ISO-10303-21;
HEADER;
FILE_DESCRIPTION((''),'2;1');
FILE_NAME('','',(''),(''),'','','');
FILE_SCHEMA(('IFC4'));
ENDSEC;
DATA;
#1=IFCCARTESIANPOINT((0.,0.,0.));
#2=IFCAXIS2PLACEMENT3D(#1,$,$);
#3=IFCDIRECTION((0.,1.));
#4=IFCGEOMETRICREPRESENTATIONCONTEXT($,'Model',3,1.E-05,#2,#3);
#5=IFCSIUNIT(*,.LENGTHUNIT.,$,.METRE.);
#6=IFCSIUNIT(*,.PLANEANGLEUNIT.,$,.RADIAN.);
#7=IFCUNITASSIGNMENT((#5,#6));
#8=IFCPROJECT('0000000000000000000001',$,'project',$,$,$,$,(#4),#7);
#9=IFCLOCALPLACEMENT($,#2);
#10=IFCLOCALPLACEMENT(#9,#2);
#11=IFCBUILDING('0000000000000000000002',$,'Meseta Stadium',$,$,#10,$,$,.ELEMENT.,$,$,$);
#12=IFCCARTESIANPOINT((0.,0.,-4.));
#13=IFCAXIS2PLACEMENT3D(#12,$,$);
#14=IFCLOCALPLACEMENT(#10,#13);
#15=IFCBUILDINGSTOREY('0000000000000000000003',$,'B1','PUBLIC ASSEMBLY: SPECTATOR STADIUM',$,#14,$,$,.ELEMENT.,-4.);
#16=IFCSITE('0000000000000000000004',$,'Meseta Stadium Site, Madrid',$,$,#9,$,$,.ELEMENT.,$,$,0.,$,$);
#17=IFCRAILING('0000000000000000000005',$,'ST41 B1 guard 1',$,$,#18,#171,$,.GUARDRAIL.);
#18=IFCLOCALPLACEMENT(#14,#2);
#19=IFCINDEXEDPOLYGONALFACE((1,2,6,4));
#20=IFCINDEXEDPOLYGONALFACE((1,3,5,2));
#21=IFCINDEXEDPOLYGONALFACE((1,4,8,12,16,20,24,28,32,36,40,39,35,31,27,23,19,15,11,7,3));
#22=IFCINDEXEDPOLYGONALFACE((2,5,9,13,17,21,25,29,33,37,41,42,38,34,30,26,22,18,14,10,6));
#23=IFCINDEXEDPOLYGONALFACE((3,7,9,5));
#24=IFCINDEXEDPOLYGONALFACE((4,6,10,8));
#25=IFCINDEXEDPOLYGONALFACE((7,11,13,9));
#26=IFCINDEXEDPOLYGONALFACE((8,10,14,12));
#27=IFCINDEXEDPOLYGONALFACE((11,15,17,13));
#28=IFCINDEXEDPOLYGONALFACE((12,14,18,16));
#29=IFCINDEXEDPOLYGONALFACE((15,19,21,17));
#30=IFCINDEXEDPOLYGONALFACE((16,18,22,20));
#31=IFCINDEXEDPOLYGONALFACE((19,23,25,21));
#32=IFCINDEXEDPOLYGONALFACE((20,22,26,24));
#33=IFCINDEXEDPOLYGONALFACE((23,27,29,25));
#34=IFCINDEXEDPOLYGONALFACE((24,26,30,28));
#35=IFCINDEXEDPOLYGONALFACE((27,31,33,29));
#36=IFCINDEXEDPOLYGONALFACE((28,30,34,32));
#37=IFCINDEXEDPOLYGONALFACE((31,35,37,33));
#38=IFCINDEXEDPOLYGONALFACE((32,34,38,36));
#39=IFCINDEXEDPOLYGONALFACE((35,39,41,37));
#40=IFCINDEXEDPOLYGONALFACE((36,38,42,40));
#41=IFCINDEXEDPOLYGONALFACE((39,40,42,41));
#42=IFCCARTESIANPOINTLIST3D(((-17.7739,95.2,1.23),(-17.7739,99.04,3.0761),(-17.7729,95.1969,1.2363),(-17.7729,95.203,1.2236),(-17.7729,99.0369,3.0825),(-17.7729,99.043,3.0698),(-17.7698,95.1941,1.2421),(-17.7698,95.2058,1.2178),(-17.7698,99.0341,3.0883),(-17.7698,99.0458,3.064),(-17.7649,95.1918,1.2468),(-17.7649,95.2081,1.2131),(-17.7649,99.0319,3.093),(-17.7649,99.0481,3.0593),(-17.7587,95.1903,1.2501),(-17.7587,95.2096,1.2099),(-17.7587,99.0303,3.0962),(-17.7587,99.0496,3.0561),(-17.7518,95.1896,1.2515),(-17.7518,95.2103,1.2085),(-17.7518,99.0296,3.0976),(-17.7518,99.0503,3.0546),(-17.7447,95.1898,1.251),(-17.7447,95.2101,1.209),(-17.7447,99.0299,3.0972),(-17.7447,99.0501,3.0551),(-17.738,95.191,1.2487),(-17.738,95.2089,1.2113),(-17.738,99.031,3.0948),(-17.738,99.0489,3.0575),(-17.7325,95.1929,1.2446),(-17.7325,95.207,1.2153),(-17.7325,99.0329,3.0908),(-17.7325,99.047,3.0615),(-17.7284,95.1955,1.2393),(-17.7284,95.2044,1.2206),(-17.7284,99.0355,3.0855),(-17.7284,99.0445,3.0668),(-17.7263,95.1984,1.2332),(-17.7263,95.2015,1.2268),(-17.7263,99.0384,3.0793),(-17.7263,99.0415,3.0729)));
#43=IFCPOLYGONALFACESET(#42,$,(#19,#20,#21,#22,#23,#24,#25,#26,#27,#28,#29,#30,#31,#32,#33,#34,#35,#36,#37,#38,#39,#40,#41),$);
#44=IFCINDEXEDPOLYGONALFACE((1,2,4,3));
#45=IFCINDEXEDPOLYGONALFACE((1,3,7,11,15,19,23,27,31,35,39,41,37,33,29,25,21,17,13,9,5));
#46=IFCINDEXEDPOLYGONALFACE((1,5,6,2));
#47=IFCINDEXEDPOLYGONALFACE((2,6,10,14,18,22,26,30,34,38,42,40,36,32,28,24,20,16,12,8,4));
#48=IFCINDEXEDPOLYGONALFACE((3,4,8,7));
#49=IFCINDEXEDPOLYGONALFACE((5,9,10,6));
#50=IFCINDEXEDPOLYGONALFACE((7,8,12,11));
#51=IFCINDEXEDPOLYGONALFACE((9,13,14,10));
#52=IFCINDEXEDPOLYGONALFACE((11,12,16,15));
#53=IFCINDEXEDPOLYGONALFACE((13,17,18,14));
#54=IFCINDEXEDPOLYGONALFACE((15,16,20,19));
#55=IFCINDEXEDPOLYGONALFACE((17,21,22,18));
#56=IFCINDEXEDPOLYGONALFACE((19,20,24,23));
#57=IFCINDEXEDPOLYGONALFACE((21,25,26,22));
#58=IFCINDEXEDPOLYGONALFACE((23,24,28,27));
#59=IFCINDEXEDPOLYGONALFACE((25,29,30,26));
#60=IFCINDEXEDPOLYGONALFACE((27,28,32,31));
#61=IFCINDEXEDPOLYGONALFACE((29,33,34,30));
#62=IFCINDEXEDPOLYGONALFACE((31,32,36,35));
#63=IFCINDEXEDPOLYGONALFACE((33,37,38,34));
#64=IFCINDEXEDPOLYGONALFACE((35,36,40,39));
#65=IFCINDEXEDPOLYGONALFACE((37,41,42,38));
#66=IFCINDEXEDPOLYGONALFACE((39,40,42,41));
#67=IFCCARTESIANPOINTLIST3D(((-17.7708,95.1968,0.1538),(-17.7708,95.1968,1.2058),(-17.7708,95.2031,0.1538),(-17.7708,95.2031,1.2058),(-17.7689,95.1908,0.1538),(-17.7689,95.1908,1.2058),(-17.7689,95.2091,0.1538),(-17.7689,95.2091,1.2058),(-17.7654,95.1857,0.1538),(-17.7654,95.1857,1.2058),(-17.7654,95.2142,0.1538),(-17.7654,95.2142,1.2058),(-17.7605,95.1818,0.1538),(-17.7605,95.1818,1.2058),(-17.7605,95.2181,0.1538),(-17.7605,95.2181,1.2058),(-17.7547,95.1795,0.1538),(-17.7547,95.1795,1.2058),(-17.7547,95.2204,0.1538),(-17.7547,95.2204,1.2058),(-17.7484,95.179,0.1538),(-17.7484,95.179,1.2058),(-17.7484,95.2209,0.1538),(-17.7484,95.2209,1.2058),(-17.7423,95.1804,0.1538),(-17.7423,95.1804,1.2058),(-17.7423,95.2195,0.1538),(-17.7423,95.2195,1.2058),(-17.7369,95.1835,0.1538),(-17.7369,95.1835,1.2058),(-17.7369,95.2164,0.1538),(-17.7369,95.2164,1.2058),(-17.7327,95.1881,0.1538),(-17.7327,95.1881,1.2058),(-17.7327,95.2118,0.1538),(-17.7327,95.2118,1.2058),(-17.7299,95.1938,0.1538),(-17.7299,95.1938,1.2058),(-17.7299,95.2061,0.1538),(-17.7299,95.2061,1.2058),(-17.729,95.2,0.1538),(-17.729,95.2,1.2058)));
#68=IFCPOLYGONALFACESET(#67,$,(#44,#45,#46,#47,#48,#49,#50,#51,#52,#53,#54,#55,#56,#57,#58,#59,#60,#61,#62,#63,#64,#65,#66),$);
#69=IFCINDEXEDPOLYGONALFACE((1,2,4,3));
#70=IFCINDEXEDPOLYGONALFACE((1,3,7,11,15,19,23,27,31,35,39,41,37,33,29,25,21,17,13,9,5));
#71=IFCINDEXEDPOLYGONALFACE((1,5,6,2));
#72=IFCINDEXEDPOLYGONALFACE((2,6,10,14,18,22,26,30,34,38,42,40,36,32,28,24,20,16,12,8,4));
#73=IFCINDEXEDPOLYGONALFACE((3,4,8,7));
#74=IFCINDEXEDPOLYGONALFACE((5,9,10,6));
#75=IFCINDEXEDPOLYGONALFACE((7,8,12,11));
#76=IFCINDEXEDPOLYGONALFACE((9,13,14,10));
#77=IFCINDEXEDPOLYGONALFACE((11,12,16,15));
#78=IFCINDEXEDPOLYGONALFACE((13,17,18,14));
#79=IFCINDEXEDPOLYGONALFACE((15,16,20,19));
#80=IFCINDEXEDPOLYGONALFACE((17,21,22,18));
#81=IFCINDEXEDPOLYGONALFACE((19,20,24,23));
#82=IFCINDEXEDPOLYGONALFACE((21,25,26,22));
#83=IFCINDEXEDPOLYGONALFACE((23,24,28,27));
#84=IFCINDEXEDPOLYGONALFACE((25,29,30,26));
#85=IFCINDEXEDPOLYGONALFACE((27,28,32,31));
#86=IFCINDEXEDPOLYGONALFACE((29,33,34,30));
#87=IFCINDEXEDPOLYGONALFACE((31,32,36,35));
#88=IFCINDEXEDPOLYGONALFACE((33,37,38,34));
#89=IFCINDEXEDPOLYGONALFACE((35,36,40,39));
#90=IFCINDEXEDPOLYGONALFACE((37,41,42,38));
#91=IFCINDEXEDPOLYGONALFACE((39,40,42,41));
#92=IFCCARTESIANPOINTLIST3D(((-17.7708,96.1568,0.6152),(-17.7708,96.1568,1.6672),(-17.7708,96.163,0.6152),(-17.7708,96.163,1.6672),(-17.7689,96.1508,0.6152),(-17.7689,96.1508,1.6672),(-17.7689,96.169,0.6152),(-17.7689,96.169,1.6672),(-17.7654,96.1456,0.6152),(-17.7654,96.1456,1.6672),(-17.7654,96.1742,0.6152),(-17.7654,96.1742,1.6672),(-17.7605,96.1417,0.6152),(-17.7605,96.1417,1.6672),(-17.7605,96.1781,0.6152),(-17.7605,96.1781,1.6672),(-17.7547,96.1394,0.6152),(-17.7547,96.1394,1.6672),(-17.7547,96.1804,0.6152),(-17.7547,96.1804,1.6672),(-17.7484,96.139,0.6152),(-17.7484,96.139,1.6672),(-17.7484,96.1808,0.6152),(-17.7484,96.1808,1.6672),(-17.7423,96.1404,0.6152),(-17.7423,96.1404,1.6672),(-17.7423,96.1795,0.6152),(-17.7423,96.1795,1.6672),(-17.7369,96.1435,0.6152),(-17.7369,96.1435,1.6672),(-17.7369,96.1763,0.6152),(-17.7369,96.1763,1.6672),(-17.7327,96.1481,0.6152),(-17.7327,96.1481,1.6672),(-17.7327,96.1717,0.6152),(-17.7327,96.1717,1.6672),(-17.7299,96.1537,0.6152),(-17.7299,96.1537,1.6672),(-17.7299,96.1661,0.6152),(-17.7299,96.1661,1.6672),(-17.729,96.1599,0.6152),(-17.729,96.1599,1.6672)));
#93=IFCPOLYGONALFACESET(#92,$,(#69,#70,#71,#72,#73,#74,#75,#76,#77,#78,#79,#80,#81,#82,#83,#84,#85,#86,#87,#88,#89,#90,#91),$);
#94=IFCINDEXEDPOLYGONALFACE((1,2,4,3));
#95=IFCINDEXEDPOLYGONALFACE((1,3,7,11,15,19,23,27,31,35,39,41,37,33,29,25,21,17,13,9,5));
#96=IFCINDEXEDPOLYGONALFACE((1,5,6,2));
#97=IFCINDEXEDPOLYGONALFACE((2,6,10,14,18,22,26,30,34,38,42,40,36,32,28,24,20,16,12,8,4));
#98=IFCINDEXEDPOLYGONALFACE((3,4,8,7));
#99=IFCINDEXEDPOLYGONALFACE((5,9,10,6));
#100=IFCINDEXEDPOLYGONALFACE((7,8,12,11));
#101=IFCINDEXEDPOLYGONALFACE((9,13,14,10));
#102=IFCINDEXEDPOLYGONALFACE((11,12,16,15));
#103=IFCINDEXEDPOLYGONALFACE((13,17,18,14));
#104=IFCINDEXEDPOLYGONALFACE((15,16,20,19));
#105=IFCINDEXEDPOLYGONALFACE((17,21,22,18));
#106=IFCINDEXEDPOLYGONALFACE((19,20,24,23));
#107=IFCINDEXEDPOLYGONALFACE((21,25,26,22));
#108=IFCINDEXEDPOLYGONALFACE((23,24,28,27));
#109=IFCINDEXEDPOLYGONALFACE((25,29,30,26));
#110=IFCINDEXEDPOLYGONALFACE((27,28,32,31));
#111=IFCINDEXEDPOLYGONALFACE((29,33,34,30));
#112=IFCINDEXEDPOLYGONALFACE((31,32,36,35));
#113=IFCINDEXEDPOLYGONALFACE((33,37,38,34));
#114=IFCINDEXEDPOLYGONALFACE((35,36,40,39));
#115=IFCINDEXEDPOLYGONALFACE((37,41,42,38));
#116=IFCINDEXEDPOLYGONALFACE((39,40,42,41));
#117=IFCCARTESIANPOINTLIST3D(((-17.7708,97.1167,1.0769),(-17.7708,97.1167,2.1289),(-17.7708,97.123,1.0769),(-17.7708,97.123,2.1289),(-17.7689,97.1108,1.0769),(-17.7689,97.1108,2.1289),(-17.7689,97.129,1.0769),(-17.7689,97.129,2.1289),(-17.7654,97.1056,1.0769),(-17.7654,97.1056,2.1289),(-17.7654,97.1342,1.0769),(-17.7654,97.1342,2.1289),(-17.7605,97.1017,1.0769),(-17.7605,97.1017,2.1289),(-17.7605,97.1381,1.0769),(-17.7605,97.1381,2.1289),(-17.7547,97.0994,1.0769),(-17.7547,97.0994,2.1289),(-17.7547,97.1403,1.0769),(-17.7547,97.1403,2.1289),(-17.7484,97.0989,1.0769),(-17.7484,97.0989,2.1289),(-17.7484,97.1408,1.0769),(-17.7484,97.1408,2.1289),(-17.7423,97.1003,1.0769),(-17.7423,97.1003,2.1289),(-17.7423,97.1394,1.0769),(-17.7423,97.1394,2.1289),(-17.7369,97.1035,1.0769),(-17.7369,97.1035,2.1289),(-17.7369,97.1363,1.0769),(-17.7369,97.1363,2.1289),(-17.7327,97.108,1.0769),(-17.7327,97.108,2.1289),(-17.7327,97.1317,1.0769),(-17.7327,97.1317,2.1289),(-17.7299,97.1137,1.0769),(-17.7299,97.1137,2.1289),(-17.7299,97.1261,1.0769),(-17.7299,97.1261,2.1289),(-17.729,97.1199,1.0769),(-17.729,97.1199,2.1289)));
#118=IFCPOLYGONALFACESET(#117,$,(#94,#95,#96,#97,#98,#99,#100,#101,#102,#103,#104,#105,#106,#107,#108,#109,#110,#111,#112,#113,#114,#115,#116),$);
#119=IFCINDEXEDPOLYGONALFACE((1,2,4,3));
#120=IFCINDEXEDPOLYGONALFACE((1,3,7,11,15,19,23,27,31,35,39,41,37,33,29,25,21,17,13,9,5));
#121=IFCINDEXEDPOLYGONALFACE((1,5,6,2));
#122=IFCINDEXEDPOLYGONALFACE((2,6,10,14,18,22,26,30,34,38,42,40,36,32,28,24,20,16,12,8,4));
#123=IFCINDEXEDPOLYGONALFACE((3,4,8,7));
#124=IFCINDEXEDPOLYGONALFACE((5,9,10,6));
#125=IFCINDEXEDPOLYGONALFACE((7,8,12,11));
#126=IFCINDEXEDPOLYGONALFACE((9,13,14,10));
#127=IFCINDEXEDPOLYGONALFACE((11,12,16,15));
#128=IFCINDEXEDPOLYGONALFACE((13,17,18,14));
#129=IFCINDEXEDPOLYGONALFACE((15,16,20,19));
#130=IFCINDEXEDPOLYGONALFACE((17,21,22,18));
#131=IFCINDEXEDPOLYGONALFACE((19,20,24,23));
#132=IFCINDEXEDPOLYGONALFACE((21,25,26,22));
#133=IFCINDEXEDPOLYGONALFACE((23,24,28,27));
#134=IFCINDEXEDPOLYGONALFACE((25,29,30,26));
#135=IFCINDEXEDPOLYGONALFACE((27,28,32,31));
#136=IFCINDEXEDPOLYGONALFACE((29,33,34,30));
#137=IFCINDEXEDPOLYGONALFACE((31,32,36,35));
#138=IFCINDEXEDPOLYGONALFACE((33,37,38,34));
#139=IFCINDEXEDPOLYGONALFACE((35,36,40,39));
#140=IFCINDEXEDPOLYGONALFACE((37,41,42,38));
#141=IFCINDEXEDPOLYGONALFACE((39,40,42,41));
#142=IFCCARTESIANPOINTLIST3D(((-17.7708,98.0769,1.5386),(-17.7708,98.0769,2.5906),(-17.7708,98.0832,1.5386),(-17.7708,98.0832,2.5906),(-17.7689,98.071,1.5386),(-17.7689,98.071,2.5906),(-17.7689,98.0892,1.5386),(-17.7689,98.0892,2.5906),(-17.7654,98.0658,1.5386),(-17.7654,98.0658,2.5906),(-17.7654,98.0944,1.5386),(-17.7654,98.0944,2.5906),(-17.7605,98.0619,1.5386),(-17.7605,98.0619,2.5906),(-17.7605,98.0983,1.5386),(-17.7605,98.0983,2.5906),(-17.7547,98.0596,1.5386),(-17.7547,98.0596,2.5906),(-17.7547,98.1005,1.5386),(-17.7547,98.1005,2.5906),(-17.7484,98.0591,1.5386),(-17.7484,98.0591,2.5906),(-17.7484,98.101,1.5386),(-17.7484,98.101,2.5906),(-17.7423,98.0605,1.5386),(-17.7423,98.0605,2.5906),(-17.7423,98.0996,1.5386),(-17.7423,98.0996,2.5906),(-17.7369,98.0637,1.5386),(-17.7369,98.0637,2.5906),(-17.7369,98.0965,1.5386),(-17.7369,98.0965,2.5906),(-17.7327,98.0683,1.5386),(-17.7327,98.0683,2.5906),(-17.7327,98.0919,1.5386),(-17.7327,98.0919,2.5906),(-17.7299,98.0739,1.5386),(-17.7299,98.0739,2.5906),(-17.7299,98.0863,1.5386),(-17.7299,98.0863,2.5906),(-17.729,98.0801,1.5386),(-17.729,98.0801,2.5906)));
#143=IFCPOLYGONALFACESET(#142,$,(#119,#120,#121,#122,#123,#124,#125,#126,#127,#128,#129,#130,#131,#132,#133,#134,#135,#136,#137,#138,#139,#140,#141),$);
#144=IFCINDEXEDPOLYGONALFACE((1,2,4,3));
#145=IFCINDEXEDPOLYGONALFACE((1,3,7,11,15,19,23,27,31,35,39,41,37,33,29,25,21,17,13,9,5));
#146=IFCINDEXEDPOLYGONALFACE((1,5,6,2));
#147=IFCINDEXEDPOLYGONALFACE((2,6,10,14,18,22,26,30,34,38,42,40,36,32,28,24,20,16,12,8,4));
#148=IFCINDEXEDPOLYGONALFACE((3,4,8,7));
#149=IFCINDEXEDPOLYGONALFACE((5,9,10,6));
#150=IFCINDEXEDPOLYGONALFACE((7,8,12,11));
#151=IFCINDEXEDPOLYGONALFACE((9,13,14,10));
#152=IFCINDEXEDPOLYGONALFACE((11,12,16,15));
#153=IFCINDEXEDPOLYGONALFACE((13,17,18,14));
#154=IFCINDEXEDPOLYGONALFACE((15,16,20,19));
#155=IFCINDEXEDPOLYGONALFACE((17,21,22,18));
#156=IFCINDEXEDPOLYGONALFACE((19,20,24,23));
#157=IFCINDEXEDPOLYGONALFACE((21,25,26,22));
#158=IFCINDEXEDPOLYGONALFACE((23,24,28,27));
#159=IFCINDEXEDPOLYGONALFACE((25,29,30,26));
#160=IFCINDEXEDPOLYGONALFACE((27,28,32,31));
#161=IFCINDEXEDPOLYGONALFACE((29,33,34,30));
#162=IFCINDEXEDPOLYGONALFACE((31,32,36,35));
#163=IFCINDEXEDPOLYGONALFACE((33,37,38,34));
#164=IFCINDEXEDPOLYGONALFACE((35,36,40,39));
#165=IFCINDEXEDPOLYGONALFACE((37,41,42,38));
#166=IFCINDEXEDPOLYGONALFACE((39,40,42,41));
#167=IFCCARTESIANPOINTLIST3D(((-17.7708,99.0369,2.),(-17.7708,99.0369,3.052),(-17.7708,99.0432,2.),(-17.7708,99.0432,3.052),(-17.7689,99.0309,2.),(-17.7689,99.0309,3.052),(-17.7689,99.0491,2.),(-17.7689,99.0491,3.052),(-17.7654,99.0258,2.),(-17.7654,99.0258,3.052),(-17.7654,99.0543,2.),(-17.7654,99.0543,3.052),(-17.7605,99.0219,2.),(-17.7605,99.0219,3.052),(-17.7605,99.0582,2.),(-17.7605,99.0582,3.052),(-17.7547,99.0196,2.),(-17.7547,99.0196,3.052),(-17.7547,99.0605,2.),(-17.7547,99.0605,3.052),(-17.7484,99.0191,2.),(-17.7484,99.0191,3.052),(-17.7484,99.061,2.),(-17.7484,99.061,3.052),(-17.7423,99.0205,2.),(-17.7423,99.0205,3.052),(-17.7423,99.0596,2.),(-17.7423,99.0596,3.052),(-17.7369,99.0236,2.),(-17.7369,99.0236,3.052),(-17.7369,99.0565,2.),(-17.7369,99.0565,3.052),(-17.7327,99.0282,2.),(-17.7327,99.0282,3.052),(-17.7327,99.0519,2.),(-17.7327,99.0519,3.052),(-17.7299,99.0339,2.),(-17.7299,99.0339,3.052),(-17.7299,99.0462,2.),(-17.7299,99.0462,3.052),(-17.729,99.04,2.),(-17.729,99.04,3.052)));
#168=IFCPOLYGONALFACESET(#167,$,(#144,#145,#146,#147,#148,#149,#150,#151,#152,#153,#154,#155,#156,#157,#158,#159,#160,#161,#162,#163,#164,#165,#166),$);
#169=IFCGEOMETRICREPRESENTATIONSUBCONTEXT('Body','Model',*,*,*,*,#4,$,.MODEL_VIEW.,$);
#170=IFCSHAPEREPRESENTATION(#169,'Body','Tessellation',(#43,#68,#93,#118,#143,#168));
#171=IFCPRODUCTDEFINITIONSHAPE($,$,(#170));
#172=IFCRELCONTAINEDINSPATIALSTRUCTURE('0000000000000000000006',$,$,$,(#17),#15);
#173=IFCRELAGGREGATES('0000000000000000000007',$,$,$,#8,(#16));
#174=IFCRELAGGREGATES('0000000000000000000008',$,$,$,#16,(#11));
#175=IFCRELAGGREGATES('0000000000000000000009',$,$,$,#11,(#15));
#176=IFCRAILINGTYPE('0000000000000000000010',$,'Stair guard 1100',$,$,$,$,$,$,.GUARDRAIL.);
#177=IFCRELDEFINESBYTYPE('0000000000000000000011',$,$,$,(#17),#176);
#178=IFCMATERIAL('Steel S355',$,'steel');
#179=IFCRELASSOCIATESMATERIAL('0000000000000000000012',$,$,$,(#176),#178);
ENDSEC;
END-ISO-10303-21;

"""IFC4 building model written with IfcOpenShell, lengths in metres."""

from ifc_helpers import new_model, si_unit, direction, frame, origin, origin_2d, place, context, subcontext, project, spatial, circle, extrude, material, type_object, element, save


model = new_model("IFC4")

# Units and contexts
model_context = context("Model", 3, precision=1e-05, world=origin(), true_north=direction((0.0, 1.0)))
body_context = subcontext(model_context, "Body", "Model", "MODEL_VIEW")
ifc_project = project(units=[si_unit("LENGTHUNIT", "METRE"), si_unit("PLANEANGLEUNIT", "RADIAN")], contexts=[model_context])

# Site, building, storey
site_placement = place(None, origin())
site = spatial("IfcSite", under=ifc_project, at=site_placement, Name="Meseta Stadium Site, Madrid", CompositionType="ELEMENT", RefElevation=0.0)
building_placement = place(site_placement, origin())
building = spatial("IfcBuilding", under=site, at=building_placement, Name="Meseta Stadium", CompositionType="ELEMENT")
storey_placement = place(building_placement, frame((0.0, 0.0, -4.0)))
storey = spatial("IfcBuildingStorey", under=building, at=storey_placement, Name="B1", Description="PUBLIC ASSEMBLY: SPECTATOR STADIUM", CompositionType="ELEMENT", Elevation=-4.0)

# Railing
ifc_material_1 = material(Name="Steel S355", Category="steel")
railing_type_1 = type_object("IfcRailingType", Name="Stair guard 1100", PredefinedType="GUARDRAIL", material=ifc_material_1)
railing_1_placement = place(storey_placement, frame((-17.75, 95.2, 0.1538)))
element("IfcRailing", 1, at=railing_1_placement, inside=storey, type_object=railing_type_1, Name="ST41 B1 guard 1", PredefinedType="GUARDRAIL", context=body_context, shape_type="SweptSolid", body=[
    extrude(circle(Radius=0.0239, at=origin_2d()), frame((0.0, 0.0, 1.0762), z_axis=(0.0, 0.901253, 0.433294), x_axis=(-1.0, 0.0, 0.0)), (0.0, 0.0, 1.0), 4.2607),
    extrude(circle(Radius=0.021, at=origin_2d()), origin(), (0.0, 0.0, 1.0), 1.052),
    extrude(circle(Radius=0.021, at=origin_2d()), frame((0.0, 0.96, 0.4614)), (0.0, 0.0, 1.0), 1.052),
    extrude(circle(Radius=0.021, at=origin_2d()), frame((0.0, 1.9199, 0.9231)), (0.0, 0.0, 1.0), 1.052),
    extrude(circle(Radius=0.021, at=origin_2d()), frame((0.0, 2.8801, 1.3848)), (0.0, 0.0, 1.0), 1.052),
    extrude(circle(Radius=0.021, at=origin_2d()), frame((0.0, 3.8401, 1.8462)), (0.0, 0.0, 1.0), 1.052),
])

save(model, "model.ifc")
